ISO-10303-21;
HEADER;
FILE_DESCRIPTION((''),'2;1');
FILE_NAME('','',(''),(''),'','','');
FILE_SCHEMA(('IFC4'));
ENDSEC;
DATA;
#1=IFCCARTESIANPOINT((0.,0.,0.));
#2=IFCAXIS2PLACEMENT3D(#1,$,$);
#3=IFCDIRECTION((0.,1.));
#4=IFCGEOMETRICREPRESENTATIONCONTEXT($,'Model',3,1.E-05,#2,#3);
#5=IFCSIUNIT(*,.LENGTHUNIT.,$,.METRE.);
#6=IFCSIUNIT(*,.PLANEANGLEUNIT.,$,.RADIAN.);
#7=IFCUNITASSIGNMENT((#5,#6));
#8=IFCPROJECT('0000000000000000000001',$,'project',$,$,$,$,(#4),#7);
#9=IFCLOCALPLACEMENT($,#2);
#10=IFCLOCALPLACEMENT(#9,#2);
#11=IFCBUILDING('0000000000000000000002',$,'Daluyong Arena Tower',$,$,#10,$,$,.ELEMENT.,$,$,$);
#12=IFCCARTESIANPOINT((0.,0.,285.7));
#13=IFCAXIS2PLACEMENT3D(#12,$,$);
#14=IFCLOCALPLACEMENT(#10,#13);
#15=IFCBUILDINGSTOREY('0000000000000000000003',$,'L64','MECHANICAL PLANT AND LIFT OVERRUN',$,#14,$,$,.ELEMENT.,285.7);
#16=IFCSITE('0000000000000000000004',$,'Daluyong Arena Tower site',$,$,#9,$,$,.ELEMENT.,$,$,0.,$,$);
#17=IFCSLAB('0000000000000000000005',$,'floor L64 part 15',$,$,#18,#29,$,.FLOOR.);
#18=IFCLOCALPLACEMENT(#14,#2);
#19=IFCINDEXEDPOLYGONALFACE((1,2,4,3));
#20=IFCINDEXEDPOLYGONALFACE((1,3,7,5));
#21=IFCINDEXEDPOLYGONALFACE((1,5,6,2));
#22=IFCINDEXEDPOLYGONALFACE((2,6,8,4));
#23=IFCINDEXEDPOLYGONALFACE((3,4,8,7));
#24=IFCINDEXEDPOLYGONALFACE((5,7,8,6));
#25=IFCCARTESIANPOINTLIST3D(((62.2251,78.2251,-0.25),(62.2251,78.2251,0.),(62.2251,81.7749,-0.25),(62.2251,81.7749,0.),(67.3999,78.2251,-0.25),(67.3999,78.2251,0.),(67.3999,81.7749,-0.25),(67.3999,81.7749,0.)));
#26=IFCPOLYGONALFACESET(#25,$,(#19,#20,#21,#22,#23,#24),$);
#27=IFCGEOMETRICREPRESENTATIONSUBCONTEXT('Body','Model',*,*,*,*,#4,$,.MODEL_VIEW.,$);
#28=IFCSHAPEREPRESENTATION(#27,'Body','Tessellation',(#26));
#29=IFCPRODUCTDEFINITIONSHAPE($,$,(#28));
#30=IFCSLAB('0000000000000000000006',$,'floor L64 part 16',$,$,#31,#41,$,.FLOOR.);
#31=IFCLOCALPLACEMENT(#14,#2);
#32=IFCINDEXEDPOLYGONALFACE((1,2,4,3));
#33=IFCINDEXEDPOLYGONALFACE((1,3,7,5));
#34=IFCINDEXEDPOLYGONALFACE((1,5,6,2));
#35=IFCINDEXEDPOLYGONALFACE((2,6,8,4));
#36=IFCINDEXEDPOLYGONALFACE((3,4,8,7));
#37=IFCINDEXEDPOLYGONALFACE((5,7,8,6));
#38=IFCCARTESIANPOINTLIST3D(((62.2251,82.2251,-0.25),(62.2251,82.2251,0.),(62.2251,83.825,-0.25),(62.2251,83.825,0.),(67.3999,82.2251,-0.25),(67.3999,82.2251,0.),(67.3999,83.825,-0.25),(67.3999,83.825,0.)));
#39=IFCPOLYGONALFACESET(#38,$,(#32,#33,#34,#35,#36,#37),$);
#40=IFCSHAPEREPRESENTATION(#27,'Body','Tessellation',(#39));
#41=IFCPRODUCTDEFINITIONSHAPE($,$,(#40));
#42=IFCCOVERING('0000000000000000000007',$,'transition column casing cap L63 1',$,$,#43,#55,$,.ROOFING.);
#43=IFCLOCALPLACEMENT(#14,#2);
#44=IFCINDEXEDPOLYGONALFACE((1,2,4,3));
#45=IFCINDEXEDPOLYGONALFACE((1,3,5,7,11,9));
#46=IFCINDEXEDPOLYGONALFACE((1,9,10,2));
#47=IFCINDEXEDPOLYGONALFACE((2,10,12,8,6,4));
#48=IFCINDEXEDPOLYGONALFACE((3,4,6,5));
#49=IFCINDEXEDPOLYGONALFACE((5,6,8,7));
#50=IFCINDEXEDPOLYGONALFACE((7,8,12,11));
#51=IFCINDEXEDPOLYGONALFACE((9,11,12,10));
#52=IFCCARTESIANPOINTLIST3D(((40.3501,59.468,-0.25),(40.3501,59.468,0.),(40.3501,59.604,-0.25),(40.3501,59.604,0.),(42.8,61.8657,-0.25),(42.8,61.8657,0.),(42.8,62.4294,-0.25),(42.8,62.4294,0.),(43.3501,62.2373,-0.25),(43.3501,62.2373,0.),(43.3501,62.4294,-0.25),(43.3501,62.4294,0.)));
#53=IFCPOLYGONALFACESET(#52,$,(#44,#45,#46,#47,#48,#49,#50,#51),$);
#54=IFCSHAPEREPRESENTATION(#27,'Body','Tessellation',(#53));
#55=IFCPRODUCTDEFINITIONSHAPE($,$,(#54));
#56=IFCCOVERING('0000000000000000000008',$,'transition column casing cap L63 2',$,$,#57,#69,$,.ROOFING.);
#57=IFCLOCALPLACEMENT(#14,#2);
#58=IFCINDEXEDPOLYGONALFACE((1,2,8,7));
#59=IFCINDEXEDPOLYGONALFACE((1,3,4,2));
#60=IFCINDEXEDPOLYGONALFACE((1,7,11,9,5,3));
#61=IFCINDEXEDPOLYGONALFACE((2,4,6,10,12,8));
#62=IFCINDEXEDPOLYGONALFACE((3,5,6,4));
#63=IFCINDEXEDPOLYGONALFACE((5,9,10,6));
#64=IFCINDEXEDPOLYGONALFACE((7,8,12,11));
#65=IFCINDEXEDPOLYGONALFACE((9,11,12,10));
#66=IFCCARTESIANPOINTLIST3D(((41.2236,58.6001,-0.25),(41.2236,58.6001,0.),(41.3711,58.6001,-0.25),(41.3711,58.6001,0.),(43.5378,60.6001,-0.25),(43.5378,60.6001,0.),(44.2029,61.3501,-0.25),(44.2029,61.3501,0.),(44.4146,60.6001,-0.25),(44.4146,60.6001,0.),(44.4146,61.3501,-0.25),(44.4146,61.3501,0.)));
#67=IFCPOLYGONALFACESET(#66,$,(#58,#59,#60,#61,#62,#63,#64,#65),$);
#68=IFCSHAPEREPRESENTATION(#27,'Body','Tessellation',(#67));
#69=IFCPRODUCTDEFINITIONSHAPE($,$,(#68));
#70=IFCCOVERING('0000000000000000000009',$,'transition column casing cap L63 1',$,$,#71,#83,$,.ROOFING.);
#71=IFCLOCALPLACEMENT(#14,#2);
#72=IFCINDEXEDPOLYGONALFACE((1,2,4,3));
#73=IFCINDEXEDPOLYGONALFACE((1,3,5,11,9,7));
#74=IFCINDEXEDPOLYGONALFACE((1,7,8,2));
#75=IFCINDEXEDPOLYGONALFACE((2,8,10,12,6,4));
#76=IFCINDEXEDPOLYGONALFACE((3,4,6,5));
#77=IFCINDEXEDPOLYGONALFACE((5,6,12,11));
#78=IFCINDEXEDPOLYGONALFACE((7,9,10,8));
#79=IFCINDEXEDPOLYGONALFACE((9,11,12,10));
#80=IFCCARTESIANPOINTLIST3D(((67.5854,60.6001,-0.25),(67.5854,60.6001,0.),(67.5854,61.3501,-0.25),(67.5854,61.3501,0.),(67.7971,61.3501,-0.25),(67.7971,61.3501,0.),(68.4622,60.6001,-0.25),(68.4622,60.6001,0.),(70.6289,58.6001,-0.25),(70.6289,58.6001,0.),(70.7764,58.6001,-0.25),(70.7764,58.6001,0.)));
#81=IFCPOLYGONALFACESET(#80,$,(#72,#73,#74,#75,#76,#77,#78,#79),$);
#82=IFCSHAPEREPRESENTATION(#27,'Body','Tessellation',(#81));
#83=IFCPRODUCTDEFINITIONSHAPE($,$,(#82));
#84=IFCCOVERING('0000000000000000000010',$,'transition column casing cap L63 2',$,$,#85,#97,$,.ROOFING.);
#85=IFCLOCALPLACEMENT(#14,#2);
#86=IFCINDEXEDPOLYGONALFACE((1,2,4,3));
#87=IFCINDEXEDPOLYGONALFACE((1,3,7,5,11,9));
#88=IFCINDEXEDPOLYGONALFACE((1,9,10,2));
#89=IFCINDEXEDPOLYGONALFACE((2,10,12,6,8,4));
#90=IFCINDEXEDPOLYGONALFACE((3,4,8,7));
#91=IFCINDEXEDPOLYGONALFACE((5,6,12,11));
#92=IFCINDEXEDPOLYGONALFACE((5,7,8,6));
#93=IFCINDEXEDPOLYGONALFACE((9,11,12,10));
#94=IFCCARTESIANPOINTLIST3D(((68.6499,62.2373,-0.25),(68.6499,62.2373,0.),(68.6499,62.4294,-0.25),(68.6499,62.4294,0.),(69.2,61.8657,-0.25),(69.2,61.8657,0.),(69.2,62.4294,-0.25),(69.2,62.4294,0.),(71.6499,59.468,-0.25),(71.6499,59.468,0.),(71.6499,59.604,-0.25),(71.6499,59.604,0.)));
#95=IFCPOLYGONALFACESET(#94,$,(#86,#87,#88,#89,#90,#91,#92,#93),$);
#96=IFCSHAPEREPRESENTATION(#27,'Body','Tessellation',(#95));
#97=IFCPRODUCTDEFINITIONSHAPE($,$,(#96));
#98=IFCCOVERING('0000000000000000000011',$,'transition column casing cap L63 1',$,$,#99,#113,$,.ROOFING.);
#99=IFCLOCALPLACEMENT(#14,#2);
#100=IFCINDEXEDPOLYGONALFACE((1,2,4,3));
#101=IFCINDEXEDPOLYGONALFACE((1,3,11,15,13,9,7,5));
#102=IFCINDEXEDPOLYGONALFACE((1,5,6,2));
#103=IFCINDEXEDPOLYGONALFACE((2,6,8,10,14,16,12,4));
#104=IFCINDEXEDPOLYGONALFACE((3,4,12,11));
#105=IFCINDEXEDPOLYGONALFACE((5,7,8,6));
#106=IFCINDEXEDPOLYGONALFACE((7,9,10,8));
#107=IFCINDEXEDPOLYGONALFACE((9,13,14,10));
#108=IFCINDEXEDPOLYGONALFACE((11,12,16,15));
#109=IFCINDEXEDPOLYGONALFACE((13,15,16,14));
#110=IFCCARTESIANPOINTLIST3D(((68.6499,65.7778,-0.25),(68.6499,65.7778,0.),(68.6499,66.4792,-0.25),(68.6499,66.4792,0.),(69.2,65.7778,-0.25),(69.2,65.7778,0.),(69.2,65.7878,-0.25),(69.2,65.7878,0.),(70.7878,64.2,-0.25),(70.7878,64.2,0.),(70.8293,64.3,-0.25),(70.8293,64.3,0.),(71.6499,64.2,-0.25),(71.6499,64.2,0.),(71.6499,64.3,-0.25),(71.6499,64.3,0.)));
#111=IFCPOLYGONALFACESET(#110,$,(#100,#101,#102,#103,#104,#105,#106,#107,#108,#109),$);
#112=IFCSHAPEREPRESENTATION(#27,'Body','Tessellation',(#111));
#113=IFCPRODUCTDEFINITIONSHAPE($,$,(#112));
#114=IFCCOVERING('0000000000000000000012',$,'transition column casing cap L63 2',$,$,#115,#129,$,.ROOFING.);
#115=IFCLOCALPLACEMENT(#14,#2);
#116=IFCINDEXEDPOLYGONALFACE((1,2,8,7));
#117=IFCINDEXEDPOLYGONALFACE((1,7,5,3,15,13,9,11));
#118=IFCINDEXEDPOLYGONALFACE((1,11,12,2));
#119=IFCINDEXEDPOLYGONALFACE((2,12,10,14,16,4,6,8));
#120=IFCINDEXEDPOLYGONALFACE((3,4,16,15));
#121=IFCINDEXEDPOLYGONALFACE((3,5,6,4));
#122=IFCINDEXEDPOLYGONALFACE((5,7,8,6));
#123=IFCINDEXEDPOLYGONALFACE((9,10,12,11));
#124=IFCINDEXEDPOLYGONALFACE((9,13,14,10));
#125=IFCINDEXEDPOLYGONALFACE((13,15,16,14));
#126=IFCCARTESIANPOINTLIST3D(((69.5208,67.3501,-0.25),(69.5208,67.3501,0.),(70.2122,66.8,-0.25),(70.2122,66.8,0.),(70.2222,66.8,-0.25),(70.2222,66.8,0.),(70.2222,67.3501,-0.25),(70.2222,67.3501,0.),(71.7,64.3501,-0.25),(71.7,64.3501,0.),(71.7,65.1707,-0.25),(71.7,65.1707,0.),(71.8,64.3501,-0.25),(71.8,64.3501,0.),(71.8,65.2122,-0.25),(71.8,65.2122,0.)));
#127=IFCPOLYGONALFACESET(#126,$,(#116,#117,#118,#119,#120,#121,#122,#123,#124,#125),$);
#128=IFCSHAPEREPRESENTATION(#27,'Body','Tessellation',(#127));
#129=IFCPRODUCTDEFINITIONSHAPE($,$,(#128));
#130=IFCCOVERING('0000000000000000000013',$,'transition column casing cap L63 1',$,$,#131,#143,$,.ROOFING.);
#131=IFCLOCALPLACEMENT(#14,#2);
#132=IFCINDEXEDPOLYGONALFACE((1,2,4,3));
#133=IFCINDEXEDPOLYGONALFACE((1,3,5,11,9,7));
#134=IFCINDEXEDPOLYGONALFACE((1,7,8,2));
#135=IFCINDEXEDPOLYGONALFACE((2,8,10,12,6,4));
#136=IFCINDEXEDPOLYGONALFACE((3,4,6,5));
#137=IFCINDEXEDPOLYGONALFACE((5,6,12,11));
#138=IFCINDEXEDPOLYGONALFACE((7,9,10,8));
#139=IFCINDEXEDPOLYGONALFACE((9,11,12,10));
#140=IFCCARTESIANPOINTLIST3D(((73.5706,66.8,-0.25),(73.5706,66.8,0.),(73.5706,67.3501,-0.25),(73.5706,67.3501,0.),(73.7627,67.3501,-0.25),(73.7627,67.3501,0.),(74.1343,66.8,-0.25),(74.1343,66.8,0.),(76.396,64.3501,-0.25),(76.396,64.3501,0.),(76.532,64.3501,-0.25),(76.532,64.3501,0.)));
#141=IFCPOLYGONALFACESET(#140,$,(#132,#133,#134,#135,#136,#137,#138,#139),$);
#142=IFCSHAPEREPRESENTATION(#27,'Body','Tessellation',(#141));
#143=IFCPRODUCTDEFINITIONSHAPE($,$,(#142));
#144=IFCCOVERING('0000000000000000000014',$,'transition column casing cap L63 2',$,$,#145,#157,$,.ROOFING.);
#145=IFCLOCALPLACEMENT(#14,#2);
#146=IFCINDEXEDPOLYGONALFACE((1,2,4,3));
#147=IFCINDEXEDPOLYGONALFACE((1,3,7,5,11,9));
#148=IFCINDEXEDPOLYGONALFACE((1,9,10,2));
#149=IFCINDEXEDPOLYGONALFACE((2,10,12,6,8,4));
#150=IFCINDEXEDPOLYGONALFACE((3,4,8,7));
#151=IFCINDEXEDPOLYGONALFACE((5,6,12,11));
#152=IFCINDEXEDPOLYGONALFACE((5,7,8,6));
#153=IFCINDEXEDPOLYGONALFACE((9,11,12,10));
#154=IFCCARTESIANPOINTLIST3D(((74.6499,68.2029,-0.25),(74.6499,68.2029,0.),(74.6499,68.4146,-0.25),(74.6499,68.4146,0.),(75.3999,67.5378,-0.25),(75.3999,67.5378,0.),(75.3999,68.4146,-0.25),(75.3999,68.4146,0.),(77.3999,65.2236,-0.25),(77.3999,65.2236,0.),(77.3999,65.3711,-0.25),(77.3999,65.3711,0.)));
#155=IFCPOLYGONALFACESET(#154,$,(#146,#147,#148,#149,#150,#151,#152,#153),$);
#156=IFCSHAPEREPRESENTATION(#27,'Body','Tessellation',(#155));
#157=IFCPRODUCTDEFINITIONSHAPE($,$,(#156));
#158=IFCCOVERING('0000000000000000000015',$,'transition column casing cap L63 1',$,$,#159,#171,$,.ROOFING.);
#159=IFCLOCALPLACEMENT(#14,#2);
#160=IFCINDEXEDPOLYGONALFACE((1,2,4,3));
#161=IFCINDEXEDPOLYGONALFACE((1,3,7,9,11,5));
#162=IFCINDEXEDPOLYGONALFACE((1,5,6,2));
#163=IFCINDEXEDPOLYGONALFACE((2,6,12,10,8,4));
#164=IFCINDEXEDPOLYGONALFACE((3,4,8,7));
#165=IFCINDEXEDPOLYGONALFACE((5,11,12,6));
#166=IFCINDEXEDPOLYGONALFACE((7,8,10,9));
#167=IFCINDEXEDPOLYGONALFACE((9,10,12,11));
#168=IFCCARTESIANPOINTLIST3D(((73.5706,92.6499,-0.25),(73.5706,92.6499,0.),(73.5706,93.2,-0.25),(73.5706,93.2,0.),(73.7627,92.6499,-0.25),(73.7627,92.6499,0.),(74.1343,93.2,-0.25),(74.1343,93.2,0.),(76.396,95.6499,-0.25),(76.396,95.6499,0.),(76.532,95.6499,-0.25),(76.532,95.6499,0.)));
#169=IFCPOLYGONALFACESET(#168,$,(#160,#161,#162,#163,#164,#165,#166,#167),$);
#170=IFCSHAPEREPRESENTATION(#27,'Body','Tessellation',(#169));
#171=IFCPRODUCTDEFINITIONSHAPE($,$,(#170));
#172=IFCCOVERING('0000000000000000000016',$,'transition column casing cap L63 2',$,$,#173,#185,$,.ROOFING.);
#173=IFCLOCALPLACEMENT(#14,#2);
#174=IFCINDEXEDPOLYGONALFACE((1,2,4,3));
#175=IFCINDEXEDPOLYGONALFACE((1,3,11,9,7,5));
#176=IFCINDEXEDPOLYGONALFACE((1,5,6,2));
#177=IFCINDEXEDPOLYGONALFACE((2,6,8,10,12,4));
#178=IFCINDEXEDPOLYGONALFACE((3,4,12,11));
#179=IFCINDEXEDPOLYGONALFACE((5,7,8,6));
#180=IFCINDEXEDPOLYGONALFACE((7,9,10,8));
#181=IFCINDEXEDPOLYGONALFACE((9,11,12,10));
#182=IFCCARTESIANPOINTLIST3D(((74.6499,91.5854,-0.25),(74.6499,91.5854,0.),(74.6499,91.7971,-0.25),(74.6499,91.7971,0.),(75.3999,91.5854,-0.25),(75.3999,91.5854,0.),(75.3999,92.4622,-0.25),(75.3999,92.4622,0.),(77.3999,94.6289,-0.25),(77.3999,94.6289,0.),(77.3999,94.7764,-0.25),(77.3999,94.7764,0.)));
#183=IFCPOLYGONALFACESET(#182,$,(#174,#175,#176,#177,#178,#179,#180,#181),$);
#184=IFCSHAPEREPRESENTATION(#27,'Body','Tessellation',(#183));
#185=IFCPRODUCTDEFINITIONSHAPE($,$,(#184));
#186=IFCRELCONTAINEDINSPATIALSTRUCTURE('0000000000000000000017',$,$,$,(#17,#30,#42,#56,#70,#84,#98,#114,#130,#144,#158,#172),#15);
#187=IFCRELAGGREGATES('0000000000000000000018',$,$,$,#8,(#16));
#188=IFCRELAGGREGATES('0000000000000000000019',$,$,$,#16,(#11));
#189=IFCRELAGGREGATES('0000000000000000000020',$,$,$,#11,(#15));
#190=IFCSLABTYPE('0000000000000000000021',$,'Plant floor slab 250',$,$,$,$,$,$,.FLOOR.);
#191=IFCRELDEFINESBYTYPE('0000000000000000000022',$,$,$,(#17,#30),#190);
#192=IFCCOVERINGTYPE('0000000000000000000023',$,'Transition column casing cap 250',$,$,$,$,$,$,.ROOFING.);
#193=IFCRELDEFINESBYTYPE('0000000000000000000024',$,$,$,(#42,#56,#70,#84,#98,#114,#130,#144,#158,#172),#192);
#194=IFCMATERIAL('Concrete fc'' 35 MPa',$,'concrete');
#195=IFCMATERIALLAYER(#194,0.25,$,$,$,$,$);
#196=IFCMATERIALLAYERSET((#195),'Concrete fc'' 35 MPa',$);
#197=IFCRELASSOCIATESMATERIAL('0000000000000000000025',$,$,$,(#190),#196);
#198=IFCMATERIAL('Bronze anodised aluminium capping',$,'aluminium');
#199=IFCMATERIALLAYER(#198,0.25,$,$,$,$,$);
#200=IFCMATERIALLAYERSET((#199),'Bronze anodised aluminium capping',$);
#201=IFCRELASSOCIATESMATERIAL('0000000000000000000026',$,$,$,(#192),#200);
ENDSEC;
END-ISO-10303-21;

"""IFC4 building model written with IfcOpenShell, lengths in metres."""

from ifc_helpers import new_model, si_unit, direction, frame, origin, place, context, subcontext, project, spatial, polyline, outline, extrude, material, layer, layer_set, type_object, element, save


model = new_model("IFC4")

# Units and contexts
model_context = context("Model", 3, precision=1e-05, world=origin(), true_north=direction((0.0, 1.0)))
body_context = subcontext(model_context, "Body", "Model", "MODEL_VIEW")
ifc_project = project(units=[si_unit("LENGTHUNIT", "METRE"), si_unit("PLANEANGLEUNIT", "RADIAN")], contexts=[model_context])

# Site, building, storey
site_placement = place(None, origin())
site = spatial("IfcSite", under=ifc_project, at=site_placement, Name="Daluyong Arena Tower site", CompositionType="ELEMENT", RefElevation=0.0)
building_placement = place(site_placement, origin())
building = spatial("IfcBuilding", under=site, at=building_placement, Name="Daluyong Arena Tower", CompositionType="ELEMENT")
storey_placement = place(building_placement, frame((0.0, 0.0, 285.7)))
storey = spatial("IfcBuildingStorey", under=building, at=storey_placement, Name="L64", Description="MECHANICAL PLANT AND LIFT OVERRUN", CompositionType="ELEMENT", Elevation=285.7)

# Slabs
ifc_material_1 = material(Name="Concrete fc' 35 MPa", Category="concrete")
ifc_layer_1 = layer(ifc_material_1, 0.25)
ifc_layer_set_1 = layer_set([ifc_layer_1], Name="Concrete fc' 35 MPa")
slab_type = type_object("IfcSlabType", Name="Plant floor slab 250", PredefinedType="FLOOR", material=ifc_layer_set_1)
slab_1_placement = place(storey_placement, frame((0.0, 0.0, -0.25)))
element("IfcSlab", 1, at=slab_1_placement, inside=storey, type_object=slab_type, Name="floor L64 part 15", PredefinedType="FLOOR", context=body_context, shape_type="SweptSolid", body=[
    extrude(outline(polyline([(67.3999, 78.2251), (67.3999, 81.7749), (62.2251, 81.7749), (62.2251, 78.2251), (67.3999, 78.2251)])), origin(), (0.0, 0.0, 1.0), 0.25),
])
slab_2_placement = place(storey_placement, frame((0.0, 0.0, -0.25)))
element("IfcSlab", 2, at=slab_2_placement, inside=storey, type_object=slab_type, Name="floor L64 part 16", PredefinedType="FLOOR", context=body_context, shape_type="SweptSolid", body=[
    extrude(outline(polyline([(67.3999, 83.825), (62.2251, 83.825), (62.2251, 82.2251), (67.3999, 82.2251), (67.3999, 83.825)])), origin(), (0.0, 0.0, 1.0), 0.25),
])

# Coverings
ifc_material_2 = material(Name="Bronze anodised aluminium capping", Category="aluminium")
ifc_layer_2 = layer(ifc_material_2, 0.25)
ifc_layer_set_2 = layer_set([ifc_layer_2], Name="Bronze anodised aluminium capping")
covering_type = type_object("IfcCoveringType", Name="Transition column casing cap 250", PredefinedType="ROOFING", material=ifc_layer_set_2)
covering_1_placement = place(storey_placement, frame((0.0, 0.0, -0.25)))
element("IfcCovering", 3, at=covering_1_placement, inside=storey, type_object=covering_type, Name="transition column casing cap L63 1", PredefinedType="ROOFING", context=body_context, shape_type="SweptSolid", body=[
    extrude(outline(polyline([(43.3501, 62.4294), (43.3501, 62.2373), (40.3501, 59.468), (40.3501, 59.604), (42.8, 61.8657), (42.8, 62.4294), (43.3501, 62.4294)])), origin(), (0.0, 0.0, 1.0), 0.25),
])
covering_2_placement = place(storey_placement, frame((0.0, 0.0, -0.25)))
element("IfcCovering", 4, at=covering_2_placement, inside=storey, type_object=covering_type, Name="transition column casing cap L63 2", PredefinedType="ROOFING", context=body_context, shape_type="SweptSolid", body=[
    extrude(outline(polyline([(44.4146, 60.6001), (43.5378, 60.6001), (41.3711, 58.6001), (41.2236, 58.6001), (44.2029, 61.3501), (44.4146, 61.3501), (44.4146, 60.6001)])), origin(), (0.0, 0.0, 1.0), 0.25),
])
covering_3_placement = place(storey_placement, frame((0.0, 0.0, -0.25)))
element("IfcCovering", 5, at=covering_3_placement, inside=storey, type_object=covering_type, Name="transition column casing cap L63 1", PredefinedType="ROOFING", context=body_context, shape_type="SweptSolid", body=[
    extrude(outline(polyline([(70.7764, 58.6001), (70.6289, 58.6001), (68.4622, 60.6001), (67.5854, 60.6001), (67.5854, 61.3501), (67.7971, 61.3501), (70.7764, 58.6001)])), origin(), (0.0, 0.0, 1.0), 0.25),
])
covering_4_placement = place(storey_placement, frame((0.0, 0.0, -0.25)))
element("IfcCovering", 6, at=covering_4_placement, inside=storey, type_object=covering_type, Name="transition column casing cap L63 2", PredefinedType="ROOFING", context=body_context, shape_type="SweptSolid", body=[
    extrude(outline(polyline([(69.2, 62.4294), (69.2, 61.8657), (71.6499, 59.604), (71.6499, 59.468), (68.6499, 62.2373), (68.6499, 62.4294), (69.2, 62.4294)])), origin(), (0.0, 0.0, 1.0), 0.25),
])
covering_5_placement = place(storey_placement, frame((0.0, 0.0, -0.25)))
element("IfcCovering", 7, at=covering_5_placement, inside=storey, type_object=covering_type, Name="transition column casing cap L63 1", PredefinedType="ROOFING", context=body_context, shape_type="SweptSolid", body=[
    extrude(outline(polyline([(70.8293, 64.3), (71.6499, 64.3), (71.6499, 64.2), (70.7878, 64.2), (69.2, 65.7878), (69.2, 65.7778), (68.6499, 65.7778), (68.6499, 66.4792), (70.8293, 64.3)])), origin(), (0.0, 0.0, 1.0), 0.25),
])
covering_6_placement = place(storey_placement, frame((0.0, 0.0, -0.25)))
element("IfcCovering", 8, at=covering_6_placement, inside=storey, type_object=covering_type, Name="transition column casing cap L63 2", PredefinedType="ROOFING", context=body_context, shape_type="SweptSolid", body=[
    extrude(outline(polyline([(69.5208, 67.3501), (70.2222, 67.3501), (70.2222, 66.8), (70.2122, 66.8), (71.8, 65.2122), (71.8, 64.3501), (71.7, 64.3501), (71.7, 65.1707), (69.5208, 67.3501)])), origin(), (0.0, 0.0, 1.0), 0.25),
])
covering_7_placement = place(storey_placement, frame((0.0, 0.0, -0.25)))
element("IfcCovering", 9, at=covering_7_placement, inside=storey, type_object=covering_type, Name="transition column casing cap L63 1", PredefinedType="ROOFING", context=body_context, shape_type="SweptSolid", body=[
    extrude(outline(polyline([(76.532, 64.3501), (76.396, 64.3501), (74.1343, 66.8), (73.5706, 66.8), (73.5706, 67.3501), (73.7627, 67.3501), (76.532, 64.3501)])), origin(), (0.0, 0.0, 1.0), 0.25),
])
covering_8_placement = place(storey_placement, frame((0.0, 0.0, -0.25)))
element("IfcCovering", 10, at=covering_8_placement, inside=storey, type_object=covering_type, Name="transition column casing cap L63 2", PredefinedType="ROOFING", context=body_context, shape_type="SweptSolid", body=[
    extrude(outline(polyline([(75.3999, 68.4146), (75.3999, 67.5378), (77.3999, 65.3711), (77.3999, 65.2236), (74.6499, 68.2029), (74.6499, 68.4146), (75.3999, 68.4146)])), origin(), (0.0, 0.0, 1.0), 0.25),
])
covering_9_placement = place(storey_placement, frame((0.0, 0.0, -0.25)))
element("IfcCovering", 11, at=covering_9_placement, inside=storey, type_object=covering_type, Name="transition column casing cap L63 1", PredefinedType="ROOFING", context=body_context, shape_type="SweptSolid", body=[
    extrude(outline(polyline([(73.5706, 93.2), (74.1343, 93.2), (76.396, 95.6499), (76.532, 95.6499), (73.7627, 92.6499), (73.5706, 92.6499), (73.5706, 93.2)])), origin(), (0.0, 0.0, 1.0), 0.25),
])
covering_10_placement = place(storey_placement, frame((0.0, 0.0, -0.25)))
element("IfcCovering", 12, at=covering_10_placement, inside=storey, type_object=covering_type, Name="transition column casing cap L63 2", PredefinedType="ROOFING", context=body_context, shape_type="SweptSolid", body=[
    extrude(outline(polyline([(75.3999, 91.5854), (74.6499, 91.5854), (74.6499, 91.7971), (77.3999, 94.7764), (77.3999, 94.6289), (75.3999, 92.4622), (75.3999, 91.5854)])), origin(), (0.0, 0.0, 1.0), 0.25),
])

save(model, "model.ifc")
